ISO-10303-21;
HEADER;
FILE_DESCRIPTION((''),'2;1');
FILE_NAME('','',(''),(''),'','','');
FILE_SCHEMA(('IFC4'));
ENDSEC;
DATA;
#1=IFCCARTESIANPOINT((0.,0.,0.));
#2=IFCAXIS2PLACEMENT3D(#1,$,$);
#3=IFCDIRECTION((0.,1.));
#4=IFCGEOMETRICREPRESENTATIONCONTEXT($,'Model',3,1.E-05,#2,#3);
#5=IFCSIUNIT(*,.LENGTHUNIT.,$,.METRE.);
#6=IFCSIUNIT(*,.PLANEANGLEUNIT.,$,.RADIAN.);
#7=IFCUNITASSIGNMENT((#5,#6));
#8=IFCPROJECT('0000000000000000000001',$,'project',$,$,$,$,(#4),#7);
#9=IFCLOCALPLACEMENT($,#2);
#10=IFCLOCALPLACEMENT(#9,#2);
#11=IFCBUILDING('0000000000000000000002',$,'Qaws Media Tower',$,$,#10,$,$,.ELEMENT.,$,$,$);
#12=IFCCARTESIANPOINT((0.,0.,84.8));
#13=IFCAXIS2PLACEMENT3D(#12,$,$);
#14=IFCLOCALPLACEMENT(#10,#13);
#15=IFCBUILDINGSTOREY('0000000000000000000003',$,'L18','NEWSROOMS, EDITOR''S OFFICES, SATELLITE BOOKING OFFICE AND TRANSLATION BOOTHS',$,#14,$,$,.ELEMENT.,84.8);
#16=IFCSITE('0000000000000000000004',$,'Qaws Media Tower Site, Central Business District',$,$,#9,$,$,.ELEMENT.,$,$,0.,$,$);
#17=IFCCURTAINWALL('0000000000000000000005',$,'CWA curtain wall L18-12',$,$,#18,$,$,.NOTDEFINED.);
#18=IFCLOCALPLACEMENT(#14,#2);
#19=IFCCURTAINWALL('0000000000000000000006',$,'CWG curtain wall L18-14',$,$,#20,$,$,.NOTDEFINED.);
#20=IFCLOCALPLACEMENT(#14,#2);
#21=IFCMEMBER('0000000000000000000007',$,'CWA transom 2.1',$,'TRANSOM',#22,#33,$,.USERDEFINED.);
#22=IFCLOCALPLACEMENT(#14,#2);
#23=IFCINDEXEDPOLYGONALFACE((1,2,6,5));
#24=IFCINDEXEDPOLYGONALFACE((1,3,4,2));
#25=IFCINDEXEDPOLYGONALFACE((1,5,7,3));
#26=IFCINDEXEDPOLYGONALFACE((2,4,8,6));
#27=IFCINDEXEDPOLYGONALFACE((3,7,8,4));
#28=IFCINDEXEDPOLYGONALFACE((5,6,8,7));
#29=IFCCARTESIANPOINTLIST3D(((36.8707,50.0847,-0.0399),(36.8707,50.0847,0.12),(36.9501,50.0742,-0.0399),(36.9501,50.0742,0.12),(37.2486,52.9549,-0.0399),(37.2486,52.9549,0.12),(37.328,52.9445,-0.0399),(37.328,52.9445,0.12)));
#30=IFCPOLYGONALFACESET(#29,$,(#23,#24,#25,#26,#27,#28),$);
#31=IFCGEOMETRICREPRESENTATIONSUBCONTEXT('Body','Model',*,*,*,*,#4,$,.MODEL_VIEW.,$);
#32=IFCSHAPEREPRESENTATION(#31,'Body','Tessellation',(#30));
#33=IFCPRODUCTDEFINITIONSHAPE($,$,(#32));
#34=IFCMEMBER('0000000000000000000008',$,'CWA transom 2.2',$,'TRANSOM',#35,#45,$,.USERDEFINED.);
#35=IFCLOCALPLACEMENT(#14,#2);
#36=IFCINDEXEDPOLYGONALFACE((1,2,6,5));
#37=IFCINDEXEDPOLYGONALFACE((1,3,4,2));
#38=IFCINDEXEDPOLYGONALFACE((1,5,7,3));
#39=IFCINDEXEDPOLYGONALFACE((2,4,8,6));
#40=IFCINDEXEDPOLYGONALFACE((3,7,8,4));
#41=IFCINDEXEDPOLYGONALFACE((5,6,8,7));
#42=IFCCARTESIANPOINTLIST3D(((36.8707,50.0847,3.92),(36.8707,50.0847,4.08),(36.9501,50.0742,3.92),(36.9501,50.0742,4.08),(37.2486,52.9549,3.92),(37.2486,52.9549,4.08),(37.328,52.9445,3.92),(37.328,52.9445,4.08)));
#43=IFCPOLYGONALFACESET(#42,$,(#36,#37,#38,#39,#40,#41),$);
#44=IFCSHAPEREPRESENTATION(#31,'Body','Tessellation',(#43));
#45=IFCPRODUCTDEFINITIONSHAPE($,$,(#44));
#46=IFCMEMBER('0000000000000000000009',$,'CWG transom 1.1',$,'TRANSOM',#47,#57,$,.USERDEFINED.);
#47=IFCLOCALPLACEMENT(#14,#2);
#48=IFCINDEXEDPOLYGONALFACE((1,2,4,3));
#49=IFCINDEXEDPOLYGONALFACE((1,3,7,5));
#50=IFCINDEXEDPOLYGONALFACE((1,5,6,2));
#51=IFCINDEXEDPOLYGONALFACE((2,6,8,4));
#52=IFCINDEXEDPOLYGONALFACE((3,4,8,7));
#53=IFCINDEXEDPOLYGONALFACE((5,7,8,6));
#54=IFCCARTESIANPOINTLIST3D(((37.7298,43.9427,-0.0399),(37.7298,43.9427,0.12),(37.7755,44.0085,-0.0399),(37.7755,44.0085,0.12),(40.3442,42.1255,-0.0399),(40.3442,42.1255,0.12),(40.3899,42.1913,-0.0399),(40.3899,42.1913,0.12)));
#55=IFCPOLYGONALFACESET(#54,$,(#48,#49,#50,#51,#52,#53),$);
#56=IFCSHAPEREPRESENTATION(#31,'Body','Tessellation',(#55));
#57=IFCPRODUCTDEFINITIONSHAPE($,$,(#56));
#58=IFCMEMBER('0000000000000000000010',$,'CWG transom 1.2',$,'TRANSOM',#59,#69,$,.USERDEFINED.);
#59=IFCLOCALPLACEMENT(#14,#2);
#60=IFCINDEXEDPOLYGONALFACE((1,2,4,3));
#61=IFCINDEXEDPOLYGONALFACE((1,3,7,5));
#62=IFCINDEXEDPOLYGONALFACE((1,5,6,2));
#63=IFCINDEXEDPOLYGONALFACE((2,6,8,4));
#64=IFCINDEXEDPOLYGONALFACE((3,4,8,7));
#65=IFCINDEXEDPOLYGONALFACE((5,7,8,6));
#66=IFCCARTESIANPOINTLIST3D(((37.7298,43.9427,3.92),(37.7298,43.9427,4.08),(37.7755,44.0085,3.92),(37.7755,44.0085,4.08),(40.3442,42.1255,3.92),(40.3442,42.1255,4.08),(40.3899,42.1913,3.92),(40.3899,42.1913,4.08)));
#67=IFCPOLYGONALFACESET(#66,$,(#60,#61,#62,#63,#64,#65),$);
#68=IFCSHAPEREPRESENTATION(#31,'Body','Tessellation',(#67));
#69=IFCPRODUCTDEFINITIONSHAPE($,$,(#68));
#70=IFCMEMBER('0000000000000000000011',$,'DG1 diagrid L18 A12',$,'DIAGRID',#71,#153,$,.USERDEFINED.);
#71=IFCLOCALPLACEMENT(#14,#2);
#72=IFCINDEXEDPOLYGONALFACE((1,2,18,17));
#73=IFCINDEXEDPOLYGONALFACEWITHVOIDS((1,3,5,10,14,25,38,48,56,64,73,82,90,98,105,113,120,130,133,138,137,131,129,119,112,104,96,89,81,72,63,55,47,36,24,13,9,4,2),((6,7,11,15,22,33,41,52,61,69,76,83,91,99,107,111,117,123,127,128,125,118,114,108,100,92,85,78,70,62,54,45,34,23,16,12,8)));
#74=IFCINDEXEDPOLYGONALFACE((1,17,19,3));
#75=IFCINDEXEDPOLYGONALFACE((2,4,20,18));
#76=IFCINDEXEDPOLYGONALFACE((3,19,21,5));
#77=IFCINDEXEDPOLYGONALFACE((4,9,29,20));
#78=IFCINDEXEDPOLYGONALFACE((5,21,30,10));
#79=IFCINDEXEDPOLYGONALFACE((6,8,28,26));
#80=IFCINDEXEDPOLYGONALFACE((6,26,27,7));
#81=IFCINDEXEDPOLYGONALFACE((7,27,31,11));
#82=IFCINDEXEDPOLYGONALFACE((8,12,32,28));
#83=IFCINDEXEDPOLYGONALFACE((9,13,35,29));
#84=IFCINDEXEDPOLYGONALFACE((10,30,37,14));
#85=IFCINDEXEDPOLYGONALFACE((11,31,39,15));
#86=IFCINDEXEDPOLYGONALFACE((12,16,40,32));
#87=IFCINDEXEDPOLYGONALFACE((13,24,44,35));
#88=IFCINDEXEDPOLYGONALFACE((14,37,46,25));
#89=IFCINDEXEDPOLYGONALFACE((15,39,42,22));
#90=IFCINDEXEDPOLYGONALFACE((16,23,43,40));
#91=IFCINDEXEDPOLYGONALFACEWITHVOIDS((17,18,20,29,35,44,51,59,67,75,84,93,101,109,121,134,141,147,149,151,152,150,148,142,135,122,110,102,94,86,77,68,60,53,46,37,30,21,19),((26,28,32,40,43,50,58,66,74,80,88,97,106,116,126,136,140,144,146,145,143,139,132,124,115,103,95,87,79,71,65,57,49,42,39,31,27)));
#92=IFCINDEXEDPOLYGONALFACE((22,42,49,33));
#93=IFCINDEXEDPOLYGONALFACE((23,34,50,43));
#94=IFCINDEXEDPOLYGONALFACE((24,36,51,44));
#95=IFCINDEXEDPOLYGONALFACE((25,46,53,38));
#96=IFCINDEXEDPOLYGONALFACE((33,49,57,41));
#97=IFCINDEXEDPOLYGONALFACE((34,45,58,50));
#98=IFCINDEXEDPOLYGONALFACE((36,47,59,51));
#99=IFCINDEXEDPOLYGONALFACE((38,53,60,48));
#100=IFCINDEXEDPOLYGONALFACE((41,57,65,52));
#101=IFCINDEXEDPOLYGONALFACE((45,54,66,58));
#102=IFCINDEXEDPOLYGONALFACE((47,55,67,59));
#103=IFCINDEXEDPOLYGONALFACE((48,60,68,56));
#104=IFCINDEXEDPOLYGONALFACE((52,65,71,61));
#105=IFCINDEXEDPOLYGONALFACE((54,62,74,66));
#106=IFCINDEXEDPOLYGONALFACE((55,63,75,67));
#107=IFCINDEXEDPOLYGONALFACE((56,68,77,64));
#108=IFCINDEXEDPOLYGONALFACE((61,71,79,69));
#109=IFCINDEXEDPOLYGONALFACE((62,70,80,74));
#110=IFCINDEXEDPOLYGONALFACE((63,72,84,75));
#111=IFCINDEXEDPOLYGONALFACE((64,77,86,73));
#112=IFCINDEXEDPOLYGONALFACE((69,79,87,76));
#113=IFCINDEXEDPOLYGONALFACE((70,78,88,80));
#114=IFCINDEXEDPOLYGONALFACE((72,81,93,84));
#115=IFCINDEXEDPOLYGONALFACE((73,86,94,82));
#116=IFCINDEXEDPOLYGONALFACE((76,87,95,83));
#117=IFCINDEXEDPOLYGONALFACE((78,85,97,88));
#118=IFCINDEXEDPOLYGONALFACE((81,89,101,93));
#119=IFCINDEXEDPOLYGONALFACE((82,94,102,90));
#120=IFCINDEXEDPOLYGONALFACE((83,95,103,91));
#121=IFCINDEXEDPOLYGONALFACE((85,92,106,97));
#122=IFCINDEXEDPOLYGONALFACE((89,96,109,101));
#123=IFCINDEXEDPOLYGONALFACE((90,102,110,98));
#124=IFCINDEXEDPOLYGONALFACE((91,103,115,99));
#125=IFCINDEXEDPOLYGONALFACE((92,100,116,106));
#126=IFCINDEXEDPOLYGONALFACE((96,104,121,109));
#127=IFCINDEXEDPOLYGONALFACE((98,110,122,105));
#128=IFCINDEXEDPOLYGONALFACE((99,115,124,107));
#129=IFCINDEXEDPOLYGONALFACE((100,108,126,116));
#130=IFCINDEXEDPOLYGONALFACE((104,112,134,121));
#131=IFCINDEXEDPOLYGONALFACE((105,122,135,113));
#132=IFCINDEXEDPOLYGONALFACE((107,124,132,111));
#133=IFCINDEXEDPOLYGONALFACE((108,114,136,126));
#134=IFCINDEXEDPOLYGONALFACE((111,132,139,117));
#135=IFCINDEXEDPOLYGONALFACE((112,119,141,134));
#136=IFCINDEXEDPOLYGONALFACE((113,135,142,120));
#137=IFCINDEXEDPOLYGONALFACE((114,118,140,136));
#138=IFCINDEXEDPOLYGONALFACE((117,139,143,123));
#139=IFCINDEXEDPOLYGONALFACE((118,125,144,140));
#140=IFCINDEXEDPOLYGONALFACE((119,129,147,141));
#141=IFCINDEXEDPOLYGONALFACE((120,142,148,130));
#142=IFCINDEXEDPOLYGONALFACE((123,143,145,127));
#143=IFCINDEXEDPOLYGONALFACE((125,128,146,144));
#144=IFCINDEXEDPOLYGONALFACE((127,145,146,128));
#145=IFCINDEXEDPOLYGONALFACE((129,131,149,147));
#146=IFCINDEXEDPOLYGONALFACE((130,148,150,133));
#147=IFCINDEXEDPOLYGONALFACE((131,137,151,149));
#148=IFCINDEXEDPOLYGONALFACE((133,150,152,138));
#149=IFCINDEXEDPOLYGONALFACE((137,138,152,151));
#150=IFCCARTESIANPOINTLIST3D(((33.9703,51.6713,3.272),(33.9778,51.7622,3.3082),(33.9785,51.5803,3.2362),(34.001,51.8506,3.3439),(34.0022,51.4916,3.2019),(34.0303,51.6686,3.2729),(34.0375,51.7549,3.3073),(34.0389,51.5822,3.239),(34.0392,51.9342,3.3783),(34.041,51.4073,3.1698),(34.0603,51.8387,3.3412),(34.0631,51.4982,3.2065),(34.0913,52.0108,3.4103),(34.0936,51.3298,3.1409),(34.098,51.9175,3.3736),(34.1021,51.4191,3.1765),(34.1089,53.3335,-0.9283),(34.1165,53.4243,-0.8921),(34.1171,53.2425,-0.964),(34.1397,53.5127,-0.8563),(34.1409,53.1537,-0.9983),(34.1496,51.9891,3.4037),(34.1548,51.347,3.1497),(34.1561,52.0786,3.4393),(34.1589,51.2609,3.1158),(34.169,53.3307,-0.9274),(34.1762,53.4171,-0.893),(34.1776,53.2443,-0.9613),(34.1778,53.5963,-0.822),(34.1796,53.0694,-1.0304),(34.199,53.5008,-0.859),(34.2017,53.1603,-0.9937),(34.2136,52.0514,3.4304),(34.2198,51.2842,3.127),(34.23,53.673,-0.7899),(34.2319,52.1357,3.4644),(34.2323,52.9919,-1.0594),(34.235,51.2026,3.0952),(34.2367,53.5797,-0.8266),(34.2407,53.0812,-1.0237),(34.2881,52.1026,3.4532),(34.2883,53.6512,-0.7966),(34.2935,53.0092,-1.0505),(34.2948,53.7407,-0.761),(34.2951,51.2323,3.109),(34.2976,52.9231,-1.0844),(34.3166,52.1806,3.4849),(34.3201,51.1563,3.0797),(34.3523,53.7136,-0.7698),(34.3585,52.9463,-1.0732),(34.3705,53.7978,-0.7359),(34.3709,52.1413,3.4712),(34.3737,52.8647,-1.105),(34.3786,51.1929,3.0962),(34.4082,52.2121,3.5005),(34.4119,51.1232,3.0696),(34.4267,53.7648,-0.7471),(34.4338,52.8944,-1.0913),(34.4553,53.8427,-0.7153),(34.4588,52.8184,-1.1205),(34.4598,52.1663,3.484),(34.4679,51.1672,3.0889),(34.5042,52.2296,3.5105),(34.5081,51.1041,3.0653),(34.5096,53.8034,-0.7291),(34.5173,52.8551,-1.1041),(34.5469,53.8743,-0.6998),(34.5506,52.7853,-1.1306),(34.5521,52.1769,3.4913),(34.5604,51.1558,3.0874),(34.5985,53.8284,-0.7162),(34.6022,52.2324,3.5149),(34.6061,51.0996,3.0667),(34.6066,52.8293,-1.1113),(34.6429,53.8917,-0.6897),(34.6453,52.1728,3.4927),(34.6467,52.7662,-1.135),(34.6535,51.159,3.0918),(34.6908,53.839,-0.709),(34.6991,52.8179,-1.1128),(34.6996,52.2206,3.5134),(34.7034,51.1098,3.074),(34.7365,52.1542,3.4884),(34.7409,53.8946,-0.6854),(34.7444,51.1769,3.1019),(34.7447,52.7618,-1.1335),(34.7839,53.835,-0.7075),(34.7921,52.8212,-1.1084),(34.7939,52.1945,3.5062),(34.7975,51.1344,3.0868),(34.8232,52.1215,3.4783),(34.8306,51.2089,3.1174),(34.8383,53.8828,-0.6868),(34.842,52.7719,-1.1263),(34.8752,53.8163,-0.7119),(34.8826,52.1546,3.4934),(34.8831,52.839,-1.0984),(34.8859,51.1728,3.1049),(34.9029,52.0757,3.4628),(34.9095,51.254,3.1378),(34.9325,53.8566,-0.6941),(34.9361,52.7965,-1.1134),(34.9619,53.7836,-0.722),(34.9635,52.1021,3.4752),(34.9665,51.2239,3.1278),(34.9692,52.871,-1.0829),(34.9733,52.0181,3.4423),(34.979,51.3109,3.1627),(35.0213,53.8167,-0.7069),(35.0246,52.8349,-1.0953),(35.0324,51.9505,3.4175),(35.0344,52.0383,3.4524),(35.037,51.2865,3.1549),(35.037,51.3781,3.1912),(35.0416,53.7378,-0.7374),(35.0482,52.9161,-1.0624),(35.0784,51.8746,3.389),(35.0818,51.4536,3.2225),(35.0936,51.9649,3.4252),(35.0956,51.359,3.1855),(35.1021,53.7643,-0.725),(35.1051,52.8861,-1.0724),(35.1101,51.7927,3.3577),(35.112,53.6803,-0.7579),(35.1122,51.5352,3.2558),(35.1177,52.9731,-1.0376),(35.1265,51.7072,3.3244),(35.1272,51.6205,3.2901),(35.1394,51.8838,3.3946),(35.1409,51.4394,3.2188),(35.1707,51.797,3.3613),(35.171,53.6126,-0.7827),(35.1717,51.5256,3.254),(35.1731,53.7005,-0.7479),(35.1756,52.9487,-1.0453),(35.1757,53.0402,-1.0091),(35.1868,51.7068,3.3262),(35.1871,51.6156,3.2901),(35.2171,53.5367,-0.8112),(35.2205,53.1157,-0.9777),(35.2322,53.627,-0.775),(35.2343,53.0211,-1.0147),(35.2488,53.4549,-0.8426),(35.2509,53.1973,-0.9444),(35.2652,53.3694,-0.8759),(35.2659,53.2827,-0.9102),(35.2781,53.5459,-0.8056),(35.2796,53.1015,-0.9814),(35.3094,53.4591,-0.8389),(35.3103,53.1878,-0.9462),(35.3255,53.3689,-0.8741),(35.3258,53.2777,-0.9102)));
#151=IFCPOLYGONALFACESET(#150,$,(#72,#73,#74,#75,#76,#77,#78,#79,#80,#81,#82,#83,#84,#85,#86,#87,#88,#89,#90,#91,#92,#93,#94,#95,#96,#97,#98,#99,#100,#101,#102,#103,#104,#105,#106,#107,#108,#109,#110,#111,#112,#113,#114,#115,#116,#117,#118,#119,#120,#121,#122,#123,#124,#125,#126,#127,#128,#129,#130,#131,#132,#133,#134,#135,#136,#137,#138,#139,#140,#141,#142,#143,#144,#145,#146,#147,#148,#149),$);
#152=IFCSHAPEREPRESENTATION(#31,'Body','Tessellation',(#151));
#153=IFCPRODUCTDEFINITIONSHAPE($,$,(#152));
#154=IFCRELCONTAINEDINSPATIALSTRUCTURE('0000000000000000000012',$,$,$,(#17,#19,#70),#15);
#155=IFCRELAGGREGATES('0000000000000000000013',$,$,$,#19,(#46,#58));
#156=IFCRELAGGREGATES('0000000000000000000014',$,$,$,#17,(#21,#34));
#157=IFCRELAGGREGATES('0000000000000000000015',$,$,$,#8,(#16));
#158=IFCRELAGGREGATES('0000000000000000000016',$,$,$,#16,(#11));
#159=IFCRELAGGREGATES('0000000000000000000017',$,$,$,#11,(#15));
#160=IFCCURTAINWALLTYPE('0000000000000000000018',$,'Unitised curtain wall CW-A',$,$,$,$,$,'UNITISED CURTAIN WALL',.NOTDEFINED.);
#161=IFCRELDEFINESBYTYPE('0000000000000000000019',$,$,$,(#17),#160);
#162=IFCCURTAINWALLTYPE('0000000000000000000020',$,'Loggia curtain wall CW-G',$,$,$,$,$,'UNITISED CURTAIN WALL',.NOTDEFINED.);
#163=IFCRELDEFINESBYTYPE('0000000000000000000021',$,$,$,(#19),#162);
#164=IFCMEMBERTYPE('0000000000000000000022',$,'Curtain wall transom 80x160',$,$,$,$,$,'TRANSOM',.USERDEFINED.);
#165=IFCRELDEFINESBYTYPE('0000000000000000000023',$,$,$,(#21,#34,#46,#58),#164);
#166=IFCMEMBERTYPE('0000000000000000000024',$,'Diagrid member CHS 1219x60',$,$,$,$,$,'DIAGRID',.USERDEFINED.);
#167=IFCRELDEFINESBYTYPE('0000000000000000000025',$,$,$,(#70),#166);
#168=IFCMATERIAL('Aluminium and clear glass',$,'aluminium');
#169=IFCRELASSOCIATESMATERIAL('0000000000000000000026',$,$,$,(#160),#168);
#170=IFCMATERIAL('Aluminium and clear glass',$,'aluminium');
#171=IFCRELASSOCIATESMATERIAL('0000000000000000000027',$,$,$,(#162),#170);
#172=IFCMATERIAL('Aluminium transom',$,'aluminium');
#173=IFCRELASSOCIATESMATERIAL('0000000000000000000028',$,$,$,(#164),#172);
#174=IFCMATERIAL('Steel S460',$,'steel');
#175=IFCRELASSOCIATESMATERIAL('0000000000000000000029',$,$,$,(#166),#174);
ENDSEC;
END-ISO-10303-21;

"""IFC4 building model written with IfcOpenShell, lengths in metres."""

from ifc_helpers import new_model, si_unit, direction, frame, origin, origin_2d, place, context, subcontext, project, spatial, rectangle, hollow_circle, extrude, material, material_profile, profile_set, type_object, element, aggregate, save


model = new_model("IFC4")

# Units and contexts
model_context = context("Model", 3, precision=1e-05, world=origin(), true_north=direction((0.0, 1.0)))
body_context = subcontext(model_context, "Body", "Model", "MODEL_VIEW")
ifc_project = project(units=[si_unit("LENGTHUNIT", "METRE"), si_unit("PLANEANGLEUNIT", "RADIAN")], contexts=[model_context])

# Site, building, storey
site_placement = place(None, origin())
site = spatial("IfcSite", under=ifc_project, at=site_placement, Name="Qaws Media Tower Site, Central Business District", CompositionType="ELEMENT", RefElevation=0.0)
building_placement = place(site_placement, origin())
building = spatial("IfcBuilding", under=site, at=building_placement, Name="Qaws Media Tower", CompositionType="ELEMENT")
storey_placement = place(building_placement, frame((0.0, 0.0, 84.8)))
storey = spatial("IfcBuildingStorey", under=building, at=storey_placement, Name="L18", Description="NEWSROOMS, EDITOR'S OFFICES, SATELLITE BOOKING OFFICE AND TRANSLATION BOOTHS", CompositionType="ELEMENT", Elevation=84.8)

# Shared definitions
ifc_material_1 = material(Name="Aluminium and clear glass", Category="aluminium")
curtain_wall_type_1 = type_object("IfcCurtainWallType", Name="Unitised curtain wall CW-A", ElementType="UNITISED CURTAIN WALL", PredefinedType="NOTDEFINED", material=ifc_material_1)

# Curtain wall
curtain_wall_1_placement = place(storey_placement, origin())
curtain_wall_1 = element("IfcCurtainWall", 1, at=curtain_wall_1_placement, inside=storey, type_object=curtain_wall_type_1, Name="CWA curtain wall L18-12", PredefinedType="NOTDEFINED")

# Curtain wall
ifc_material_2 = material(Name="Aluminium and clear glass", Category="aluminium")
curtain_wall_type_2 = type_object("IfcCurtainWallType", Name="Loggia curtain wall CW-G", ElementType="UNITISED CURTAIN WALL", PredefinedType="NOTDEFINED", material=ifc_material_2)
curtain_wall_2_placement = place(storey_placement, origin())
curtain_wall_2 = element("IfcCurtainWall", 2, at=curtain_wall_2_placement, inside=storey, type_object=curtain_wall_type_2, Name="CWG curtain wall L18-14", PredefinedType="NOTDEFINED")

# Members
ifc_material_3 = material(Name="Aluminium transom", Category="aluminium")
ifc_material_profile_1 = material_profile(ifc_material_3, rectangle(XDim=0.0801, YDim=0.1599, at=origin_2d()), Name="80x160")
ifc_profile_set_1 = profile_set([ifc_material_profile_1], Name="Aluminium transom")
member_type_1 = type_object("IfcMemberType", Name="Curtain wall transom 80x160", ElementType="TRANSOM", PredefinedType="USERDEFINED", material=ifc_profile_set_1)
member_1_placement = place(storey_placement, frame((37.2883, 52.9497, 0.04), z_axis=(-0.13054, -0.991443, 0.0), x_axis=(0.991443, -0.13054, 0.0)))
member_1 = element("IfcMember", 3, at=member_1_placement, type_object=member_type_1, Name="CWA transom 2.1", ObjectType="TRANSOM", PredefinedType="USERDEFINED", context=body_context, shape_type="SweptSolid", body=[
    extrude(rectangle(XDim=0.0801, YDim=0.1599, at=origin_2d()), origin(), (0.0, 0.0, 1.0), 2.895),
])
member_2_placement = place(storey_placement, frame((37.2883, 52.9497, 4.0), z_axis=(-0.13054, -0.991443, 0.0), x_axis=(0.991443, -0.13054, 0.0)))
member_2 = element("IfcMember", 4, at=member_2_placement, type_object=member_type_1, Name="CWA transom 2.2", ObjectType="TRANSOM", PredefinedType="USERDEFINED", context=body_context, shape_type="SweptSolid", body=[
    extrude(rectangle(XDim=0.0801, YDim=0.1599, at=origin_2d()), origin(), (0.0, 0.0, 1.0), 2.895),
])
member_3_placement = place(storey_placement, frame((37.7527, 43.9756, 0.04), z_axis=(0.821122, -0.570752, 0.0), x_axis=(0.570752, 0.821122, 0.0)))
member_3 = element("IfcMember", 5, at=member_3_placement, type_object=member_type_1, Name="CWG transom 1.1", ObjectType="TRANSOM", PredefinedType="USERDEFINED", context=body_context, shape_type="SweptSolid", body=[
    extrude(rectangle(XDim=0.0801, YDim=0.1599, at=origin_2d()), origin(), (0.0, 0.0, 1.0), 3.1838),
])
member_4_placement = place(storey_placement, frame((37.7527, 43.9756, 4.0), z_axis=(0.821122, -0.570752, 0.0), x_axis=(0.570752, 0.821122, 0.0)))
member_4 = element("IfcMember", 6, at=member_4_placement, type_object=member_type_1, Name="CWG transom 1.2", ObjectType="TRANSOM", PredefinedType="USERDEFINED", context=body_context, shape_type="SweptSolid", body=[
    extrude(rectangle(XDim=0.0801, YDim=0.1599, at=origin_2d()), origin(), (0.0, 0.0, 1.0), 3.1838),
])
aggregate(curtain_wall_2, [member_3, member_4])

# Member
ifc_material_4 = material(Name="Steel S460", Category="steel")
ifc_material_profile_2 = material_profile(ifc_material_4, hollow_circle(Radius=0.6096, WallThickness=0.0601, at=origin_2d()), Name="CHS 1219x60")
ifc_profile_set_2 = profile_set([ifc_material_profile_2], Name="Steel S460")
member_type_2 = type_object("IfcMemberType", Name="Diagrid member CHS 1219x60", ElementType="DIAGRID", PredefinedType="USERDEFINED", material=ifc_profile_set_2)
for number, where, z_axis, x_axis, name in (
    (7, (34.7183, 53.3284, -0.9102), (-0.030685, -0.367786, 0.929404), (0.996538, -0.083142, 0.0), "DG1 diagrid L18 A12"),
):
    element("IfcMember", number, at=place(storey_placement, frame(where, z_axis=z_axis, x_axis=x_axis)), inside=storey, type_object=member_type_2, Name=name, ObjectType="DIAGRID", PredefinedType="USERDEFINED", context=body_context, shape_type="SweptSolid", body=[
        extrude(hollow_circle(Radius=0.6096, WallThickness=0.0601, at=origin_2d()), origin(), (0.0, 0.0, 1.0), 4.5193),
    ])

aggregate(curtain_wall_1, [member_1, member_2])

save(model, "model.ifc")
